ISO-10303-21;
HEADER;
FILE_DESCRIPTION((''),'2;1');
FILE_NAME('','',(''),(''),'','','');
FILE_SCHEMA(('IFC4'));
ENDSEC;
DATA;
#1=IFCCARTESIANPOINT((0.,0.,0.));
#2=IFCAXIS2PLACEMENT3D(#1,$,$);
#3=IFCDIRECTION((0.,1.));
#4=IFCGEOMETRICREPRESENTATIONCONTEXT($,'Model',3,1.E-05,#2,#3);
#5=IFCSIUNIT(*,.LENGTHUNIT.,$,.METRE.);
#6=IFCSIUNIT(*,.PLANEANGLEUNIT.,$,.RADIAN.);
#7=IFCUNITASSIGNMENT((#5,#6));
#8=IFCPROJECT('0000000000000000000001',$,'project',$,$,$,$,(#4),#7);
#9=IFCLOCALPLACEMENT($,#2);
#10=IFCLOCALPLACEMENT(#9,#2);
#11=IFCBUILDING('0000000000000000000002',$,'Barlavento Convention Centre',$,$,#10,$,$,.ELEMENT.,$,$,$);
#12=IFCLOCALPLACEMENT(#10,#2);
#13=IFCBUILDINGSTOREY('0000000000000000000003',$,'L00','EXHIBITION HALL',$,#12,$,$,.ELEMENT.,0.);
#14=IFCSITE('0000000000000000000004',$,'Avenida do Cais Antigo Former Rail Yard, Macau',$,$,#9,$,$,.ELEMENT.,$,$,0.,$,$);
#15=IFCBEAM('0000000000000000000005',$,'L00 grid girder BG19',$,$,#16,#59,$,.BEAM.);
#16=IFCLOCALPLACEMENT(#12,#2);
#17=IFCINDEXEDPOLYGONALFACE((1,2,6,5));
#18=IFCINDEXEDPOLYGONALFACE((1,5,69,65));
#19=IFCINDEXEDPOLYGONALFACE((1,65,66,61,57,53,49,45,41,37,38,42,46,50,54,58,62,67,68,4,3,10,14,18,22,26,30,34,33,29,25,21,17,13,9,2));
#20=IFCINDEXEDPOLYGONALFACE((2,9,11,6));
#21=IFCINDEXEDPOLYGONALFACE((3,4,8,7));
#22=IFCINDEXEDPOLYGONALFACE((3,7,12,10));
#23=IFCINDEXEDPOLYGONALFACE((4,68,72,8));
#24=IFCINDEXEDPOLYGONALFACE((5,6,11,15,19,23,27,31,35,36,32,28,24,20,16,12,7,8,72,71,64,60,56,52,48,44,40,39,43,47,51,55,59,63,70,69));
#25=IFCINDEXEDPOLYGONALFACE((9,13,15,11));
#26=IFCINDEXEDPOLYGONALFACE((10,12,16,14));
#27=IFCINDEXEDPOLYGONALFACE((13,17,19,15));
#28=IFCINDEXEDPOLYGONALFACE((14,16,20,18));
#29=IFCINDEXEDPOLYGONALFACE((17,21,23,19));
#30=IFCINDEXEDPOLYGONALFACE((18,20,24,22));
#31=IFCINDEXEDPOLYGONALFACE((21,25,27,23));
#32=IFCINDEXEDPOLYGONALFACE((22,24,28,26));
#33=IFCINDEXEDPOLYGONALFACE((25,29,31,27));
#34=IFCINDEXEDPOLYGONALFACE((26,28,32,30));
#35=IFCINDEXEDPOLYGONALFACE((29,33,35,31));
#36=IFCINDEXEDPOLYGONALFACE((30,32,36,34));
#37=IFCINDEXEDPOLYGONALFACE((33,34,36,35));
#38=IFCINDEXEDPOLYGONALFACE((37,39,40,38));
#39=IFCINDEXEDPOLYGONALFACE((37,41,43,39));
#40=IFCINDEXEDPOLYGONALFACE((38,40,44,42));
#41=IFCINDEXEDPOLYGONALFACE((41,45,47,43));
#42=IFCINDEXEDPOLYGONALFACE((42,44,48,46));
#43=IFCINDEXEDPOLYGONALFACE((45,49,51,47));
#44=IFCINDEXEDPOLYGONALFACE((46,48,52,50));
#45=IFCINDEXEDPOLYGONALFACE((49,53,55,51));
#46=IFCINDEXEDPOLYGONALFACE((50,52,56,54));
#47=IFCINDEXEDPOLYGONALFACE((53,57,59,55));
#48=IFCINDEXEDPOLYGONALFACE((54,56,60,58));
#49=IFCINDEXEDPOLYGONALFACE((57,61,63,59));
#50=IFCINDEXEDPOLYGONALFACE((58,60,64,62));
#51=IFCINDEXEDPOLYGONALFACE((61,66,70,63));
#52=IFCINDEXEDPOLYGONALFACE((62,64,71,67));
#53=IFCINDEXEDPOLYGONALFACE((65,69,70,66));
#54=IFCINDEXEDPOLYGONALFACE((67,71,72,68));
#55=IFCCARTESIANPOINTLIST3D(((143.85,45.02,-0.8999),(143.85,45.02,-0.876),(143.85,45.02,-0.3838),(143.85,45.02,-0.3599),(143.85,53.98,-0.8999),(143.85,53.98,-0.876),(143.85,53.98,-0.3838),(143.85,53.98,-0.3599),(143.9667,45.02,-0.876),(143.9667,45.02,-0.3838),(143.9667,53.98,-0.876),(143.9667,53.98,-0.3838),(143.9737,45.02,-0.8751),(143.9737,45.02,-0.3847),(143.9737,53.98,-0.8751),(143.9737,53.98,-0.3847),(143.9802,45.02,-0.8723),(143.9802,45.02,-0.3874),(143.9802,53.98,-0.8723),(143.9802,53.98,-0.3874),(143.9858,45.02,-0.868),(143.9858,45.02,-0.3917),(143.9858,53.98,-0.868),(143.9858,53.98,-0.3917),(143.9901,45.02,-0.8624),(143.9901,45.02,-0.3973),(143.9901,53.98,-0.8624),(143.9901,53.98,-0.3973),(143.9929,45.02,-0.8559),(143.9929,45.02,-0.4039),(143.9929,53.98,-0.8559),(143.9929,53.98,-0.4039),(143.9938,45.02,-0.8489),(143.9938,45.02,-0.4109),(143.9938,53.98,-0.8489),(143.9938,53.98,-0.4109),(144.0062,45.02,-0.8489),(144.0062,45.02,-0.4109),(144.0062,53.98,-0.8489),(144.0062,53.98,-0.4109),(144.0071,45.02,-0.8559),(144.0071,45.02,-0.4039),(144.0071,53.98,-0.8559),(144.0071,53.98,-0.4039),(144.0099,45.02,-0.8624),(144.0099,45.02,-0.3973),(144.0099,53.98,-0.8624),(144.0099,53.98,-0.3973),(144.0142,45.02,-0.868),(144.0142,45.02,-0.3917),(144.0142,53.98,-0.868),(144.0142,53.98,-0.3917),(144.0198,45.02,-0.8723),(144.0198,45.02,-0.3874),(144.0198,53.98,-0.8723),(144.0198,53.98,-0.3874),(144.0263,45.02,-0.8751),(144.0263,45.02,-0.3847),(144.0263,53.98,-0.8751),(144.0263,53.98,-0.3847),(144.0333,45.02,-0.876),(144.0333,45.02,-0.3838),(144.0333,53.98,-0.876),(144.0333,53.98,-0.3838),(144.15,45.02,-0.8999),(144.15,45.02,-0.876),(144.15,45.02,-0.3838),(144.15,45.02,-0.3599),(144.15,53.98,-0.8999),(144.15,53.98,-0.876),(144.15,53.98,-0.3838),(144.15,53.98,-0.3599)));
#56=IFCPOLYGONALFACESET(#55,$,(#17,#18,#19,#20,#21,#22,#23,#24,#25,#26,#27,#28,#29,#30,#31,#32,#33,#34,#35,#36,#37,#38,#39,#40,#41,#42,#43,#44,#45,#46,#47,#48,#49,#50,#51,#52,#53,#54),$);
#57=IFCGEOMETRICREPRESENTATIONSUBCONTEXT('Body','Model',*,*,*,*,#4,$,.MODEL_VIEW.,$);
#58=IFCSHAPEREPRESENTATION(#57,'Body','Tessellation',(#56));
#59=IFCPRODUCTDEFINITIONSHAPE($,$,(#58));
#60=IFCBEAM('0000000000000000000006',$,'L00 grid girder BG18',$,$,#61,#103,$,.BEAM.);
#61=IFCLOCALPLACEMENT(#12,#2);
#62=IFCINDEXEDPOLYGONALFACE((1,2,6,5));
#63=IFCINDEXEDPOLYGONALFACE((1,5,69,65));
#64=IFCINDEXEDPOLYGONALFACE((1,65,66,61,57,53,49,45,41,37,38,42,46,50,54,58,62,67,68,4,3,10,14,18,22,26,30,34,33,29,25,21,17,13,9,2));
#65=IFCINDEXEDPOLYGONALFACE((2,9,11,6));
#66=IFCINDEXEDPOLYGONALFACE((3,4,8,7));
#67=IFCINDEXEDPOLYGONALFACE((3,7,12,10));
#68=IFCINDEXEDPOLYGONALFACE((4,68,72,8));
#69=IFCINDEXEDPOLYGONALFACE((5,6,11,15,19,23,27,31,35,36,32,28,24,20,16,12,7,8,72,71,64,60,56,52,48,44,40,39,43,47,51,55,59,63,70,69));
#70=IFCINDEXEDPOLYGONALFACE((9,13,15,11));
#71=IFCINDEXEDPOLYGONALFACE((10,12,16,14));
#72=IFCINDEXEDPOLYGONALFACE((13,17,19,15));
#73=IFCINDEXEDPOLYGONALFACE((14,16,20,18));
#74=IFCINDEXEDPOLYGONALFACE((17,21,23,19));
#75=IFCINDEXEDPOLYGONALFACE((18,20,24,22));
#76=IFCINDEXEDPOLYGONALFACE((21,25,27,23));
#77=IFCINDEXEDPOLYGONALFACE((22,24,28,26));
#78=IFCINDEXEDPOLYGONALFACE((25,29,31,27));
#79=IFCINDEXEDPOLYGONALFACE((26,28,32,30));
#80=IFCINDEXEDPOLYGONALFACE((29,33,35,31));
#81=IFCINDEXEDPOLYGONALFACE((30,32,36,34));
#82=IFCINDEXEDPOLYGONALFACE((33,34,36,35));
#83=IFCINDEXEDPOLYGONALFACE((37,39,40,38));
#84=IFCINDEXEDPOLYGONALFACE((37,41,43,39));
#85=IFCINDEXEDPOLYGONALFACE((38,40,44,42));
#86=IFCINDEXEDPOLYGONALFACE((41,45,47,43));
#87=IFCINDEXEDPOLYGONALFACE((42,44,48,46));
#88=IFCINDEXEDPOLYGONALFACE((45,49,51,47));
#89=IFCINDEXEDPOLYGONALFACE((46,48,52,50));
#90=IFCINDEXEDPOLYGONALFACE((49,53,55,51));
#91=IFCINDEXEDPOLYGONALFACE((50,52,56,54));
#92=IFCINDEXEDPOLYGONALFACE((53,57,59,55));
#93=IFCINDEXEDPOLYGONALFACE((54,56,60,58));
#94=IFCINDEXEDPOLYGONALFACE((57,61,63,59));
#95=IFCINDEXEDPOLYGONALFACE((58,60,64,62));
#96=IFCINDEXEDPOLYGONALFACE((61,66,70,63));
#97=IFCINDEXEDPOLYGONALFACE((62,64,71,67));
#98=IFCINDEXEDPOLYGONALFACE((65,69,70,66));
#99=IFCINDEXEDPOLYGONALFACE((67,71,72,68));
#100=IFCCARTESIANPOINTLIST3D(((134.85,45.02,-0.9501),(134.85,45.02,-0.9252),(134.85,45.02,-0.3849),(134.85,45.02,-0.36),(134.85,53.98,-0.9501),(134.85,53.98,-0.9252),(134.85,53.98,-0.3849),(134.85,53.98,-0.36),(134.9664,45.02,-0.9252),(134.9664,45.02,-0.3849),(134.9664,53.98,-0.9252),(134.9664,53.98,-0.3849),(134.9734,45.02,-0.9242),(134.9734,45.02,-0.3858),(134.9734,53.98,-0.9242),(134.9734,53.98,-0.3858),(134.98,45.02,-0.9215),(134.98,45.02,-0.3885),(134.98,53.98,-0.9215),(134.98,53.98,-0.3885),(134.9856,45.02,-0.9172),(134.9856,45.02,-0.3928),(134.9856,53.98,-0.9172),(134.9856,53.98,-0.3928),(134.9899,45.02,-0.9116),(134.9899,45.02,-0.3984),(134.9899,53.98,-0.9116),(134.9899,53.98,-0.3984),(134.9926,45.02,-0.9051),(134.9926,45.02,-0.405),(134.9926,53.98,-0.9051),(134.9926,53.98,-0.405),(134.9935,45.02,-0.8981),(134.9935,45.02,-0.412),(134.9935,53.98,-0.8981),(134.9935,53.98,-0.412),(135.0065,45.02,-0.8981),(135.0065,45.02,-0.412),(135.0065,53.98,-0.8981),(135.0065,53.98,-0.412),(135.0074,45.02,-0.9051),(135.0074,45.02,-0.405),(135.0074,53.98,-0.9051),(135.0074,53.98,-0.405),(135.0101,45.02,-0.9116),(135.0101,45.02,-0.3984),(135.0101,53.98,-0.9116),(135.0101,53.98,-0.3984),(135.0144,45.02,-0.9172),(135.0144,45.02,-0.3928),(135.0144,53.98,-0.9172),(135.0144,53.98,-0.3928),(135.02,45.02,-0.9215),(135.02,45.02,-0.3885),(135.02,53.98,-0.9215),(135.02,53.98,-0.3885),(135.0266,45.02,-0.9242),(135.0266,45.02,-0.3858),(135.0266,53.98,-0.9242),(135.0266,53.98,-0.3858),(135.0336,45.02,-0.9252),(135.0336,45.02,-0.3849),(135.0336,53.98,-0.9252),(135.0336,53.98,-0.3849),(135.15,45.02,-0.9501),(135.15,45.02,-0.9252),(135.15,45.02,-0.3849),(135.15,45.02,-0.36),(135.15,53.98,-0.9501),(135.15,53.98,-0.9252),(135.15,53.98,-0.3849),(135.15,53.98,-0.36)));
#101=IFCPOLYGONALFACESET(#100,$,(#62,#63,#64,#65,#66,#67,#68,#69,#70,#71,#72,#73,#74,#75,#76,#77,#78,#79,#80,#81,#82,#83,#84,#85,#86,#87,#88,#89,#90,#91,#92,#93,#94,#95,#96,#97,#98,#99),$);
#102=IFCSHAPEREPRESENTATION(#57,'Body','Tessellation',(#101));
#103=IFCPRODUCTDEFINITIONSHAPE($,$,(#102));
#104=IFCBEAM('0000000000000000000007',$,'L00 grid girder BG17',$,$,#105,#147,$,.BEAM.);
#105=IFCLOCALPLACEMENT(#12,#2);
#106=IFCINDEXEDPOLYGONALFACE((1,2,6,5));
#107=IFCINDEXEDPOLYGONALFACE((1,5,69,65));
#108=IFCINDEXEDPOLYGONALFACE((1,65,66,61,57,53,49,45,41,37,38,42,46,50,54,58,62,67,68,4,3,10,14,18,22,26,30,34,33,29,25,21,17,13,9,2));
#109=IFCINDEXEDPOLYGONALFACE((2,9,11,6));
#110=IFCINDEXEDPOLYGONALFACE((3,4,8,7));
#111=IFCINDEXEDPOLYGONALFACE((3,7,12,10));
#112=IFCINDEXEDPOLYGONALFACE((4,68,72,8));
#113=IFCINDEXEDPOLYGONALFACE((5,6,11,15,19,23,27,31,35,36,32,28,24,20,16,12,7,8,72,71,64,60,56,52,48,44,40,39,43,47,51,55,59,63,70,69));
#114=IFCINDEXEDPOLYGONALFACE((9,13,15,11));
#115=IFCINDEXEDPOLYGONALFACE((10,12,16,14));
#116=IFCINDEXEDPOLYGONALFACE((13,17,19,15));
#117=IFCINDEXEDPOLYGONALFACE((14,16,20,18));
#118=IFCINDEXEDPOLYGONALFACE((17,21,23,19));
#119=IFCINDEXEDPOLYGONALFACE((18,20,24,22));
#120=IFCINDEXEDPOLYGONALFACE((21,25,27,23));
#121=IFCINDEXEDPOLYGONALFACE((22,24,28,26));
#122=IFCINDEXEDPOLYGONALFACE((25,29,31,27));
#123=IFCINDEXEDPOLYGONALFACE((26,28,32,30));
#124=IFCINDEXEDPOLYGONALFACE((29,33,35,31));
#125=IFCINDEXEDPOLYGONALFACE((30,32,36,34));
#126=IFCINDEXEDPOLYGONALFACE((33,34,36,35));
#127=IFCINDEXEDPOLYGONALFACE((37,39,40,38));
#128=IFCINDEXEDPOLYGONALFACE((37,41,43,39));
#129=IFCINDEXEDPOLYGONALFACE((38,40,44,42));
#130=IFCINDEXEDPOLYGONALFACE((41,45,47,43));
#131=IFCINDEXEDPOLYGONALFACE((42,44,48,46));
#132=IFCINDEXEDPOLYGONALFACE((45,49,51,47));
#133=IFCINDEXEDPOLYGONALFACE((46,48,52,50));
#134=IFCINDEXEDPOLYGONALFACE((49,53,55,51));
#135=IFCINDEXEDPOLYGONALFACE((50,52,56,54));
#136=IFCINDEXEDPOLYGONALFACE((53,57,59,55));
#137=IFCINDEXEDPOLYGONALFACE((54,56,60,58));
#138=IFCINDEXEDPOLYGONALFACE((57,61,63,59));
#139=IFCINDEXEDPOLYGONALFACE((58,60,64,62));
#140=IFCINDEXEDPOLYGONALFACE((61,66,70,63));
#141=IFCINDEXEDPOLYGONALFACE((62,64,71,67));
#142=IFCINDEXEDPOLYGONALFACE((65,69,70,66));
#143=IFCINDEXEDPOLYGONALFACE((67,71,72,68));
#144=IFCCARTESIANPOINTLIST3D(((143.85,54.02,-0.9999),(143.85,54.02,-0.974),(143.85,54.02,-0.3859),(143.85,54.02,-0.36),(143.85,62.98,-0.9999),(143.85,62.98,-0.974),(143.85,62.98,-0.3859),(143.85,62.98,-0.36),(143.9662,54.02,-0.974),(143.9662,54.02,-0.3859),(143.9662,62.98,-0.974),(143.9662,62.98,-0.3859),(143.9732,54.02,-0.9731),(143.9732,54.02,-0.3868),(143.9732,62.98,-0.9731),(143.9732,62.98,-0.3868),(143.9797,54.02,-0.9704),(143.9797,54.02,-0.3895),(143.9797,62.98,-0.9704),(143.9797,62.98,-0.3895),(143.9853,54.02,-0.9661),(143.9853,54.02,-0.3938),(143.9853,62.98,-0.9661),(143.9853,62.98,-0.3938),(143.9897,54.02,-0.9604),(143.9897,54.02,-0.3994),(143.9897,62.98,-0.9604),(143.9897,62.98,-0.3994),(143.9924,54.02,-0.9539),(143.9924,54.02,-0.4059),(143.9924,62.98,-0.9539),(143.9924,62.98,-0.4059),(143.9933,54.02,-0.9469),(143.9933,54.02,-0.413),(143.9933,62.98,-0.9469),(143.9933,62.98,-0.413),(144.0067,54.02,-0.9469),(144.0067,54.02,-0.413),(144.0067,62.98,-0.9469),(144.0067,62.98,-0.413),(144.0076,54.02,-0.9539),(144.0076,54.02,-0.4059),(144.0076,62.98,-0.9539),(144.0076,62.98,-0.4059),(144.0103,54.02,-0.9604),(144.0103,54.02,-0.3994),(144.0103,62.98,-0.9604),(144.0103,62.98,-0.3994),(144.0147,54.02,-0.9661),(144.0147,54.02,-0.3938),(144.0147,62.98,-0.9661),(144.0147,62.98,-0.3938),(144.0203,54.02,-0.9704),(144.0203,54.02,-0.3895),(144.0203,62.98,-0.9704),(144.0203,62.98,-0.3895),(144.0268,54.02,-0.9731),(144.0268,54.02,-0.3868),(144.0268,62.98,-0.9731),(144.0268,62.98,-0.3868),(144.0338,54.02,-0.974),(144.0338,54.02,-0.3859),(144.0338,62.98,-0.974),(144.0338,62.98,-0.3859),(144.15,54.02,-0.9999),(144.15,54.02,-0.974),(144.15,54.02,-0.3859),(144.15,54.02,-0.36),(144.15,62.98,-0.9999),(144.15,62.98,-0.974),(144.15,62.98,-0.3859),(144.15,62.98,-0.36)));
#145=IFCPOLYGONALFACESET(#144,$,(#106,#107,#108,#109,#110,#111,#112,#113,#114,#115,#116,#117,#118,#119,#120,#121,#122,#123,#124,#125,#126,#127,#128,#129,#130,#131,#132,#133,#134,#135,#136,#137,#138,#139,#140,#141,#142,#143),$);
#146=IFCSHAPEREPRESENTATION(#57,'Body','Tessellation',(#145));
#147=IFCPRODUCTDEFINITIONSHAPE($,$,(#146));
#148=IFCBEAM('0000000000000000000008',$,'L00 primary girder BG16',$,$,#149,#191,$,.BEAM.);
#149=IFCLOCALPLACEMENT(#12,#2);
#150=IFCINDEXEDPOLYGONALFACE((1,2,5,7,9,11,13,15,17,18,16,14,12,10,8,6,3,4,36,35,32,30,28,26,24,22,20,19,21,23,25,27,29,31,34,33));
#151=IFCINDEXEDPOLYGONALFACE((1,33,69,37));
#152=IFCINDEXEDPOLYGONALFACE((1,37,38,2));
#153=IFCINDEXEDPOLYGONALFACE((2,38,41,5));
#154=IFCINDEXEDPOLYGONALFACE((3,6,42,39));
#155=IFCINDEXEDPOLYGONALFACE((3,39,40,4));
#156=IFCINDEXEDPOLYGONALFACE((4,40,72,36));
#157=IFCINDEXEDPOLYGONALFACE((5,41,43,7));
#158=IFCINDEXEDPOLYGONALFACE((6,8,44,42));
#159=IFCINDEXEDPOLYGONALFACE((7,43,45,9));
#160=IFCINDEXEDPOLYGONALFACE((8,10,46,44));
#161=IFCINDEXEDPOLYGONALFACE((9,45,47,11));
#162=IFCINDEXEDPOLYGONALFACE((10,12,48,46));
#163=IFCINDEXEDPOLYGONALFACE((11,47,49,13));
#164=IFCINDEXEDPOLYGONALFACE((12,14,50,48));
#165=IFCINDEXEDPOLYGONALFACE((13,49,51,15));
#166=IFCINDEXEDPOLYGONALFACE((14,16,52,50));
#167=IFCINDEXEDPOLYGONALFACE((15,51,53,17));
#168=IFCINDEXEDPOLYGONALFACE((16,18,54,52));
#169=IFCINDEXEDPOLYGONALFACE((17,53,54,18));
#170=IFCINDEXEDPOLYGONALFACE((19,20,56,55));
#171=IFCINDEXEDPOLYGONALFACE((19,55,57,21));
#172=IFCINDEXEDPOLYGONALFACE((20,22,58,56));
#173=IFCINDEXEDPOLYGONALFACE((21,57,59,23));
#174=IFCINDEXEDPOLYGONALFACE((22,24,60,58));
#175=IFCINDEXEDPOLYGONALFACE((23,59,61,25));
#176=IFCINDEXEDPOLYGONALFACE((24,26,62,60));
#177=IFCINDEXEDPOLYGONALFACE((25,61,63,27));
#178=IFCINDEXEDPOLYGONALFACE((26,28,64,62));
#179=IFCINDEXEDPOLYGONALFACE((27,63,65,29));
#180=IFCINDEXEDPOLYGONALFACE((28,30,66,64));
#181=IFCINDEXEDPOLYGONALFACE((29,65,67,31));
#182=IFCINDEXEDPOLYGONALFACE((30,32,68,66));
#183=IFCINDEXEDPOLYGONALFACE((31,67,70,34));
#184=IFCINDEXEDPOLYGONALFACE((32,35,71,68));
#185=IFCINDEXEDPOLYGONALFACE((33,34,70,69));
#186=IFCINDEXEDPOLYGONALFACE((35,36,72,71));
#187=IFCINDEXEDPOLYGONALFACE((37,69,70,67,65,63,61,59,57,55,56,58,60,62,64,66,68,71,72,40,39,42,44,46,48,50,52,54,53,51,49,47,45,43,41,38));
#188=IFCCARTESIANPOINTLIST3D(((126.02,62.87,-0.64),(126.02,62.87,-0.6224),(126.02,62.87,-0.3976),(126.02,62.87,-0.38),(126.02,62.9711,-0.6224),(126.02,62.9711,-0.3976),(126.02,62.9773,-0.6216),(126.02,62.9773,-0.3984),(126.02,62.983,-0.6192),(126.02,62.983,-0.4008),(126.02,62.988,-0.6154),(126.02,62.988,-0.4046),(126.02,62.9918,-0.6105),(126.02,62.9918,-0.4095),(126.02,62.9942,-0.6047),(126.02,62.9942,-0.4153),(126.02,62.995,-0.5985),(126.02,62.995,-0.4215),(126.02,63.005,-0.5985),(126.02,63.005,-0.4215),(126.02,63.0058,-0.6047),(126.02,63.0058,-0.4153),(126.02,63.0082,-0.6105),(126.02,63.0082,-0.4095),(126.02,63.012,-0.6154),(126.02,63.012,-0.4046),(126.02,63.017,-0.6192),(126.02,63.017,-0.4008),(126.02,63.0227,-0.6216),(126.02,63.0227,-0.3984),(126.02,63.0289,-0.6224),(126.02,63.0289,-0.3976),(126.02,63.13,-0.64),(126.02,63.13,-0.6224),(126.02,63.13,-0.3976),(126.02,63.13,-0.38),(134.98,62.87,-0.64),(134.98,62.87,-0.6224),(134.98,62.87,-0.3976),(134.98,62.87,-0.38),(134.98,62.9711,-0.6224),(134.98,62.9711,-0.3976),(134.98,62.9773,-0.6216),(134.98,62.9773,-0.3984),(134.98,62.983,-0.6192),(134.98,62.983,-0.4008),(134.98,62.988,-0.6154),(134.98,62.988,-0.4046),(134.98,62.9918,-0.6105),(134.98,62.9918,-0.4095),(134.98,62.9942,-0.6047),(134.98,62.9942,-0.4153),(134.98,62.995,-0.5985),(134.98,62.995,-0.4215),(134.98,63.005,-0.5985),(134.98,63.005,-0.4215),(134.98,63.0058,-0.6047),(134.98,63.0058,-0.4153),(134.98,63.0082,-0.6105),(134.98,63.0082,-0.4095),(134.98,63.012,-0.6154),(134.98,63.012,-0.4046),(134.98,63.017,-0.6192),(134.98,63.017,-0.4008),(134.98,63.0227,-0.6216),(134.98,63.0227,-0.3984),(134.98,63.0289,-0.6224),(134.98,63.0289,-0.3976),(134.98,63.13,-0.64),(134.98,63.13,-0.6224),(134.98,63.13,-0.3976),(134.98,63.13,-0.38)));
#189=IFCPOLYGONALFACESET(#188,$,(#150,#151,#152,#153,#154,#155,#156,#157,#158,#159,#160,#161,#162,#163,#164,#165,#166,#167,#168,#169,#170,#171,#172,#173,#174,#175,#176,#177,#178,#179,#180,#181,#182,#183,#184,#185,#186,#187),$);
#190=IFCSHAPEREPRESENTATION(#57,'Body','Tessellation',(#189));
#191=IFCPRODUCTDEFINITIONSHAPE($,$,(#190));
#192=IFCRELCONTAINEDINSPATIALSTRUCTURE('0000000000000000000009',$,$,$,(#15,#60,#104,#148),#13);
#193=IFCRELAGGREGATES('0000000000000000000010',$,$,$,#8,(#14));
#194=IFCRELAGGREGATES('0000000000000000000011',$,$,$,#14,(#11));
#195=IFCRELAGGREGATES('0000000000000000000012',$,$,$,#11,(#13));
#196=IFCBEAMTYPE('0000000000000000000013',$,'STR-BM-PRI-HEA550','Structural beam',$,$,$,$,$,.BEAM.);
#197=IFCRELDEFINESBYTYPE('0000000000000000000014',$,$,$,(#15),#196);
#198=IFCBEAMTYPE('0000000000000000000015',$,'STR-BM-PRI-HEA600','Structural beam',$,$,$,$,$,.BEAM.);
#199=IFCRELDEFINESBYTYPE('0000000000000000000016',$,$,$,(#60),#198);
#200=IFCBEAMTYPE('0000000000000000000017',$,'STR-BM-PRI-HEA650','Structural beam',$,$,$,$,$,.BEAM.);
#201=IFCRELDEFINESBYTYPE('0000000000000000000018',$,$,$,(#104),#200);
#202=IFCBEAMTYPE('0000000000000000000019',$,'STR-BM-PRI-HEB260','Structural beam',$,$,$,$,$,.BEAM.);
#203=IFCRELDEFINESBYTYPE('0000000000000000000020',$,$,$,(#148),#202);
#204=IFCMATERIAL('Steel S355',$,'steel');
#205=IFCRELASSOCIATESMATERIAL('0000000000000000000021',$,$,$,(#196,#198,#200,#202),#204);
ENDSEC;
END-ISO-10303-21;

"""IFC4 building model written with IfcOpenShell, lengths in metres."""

from ifc_helpers import new_model, si_unit, direction, frame, origin, origin_2d, place, context, subcontext, project, spatial, i_section, extrude, material, material_profile, profile_set, type_object, element, save


model = new_model("IFC4")

# Units and contexts
model_context = context("Model", 3, precision=1e-05, world=origin(), true_north=direction((0.0, 1.0)))
body_context = subcontext(model_context, "Body", "Model", "MODEL_VIEW")
ifc_project = project(units=[si_unit("LENGTHUNIT", "METRE"), si_unit("PLANEANGLEUNIT", "RADIAN")], contexts=[model_context])

# Site, building, storey
site_placement = place(None, origin())
site = spatial("IfcSite", under=ifc_project, at=site_placement, Name="Avenida do Cais Antigo Former Rail Yard, Macau", CompositionType="ELEMENT", RefElevation=0.0)
building_placement = place(site_placement, origin())
building = spatial("IfcBuilding", under=site, at=building_placement, Name="Barlavento Convention Centre", CompositionType="ELEMENT")
storey_placement = place(building_placement, origin())
storey = spatial("IfcBuildingStorey", under=building, at=storey_placement, Name="L00", Description="EXHIBITION HALL", CompositionType="ELEMENT", Elevation=0.0)

# Beams
ifc_material_1 = material(Name="Steel S355", Category="steel")
ifc_material_profile_1 = material_profile(ifc_material_1, i_section(OverallWidth=0.3, OverallDepth=0.54, WebThickness=0.0125, FlangeThickness=0.0239, FilletRadius=0.0271, at=origin_2d()), Name="HEA 550")
ifc_profile_set_1 = profile_set([ifc_material_profile_1], Name="Steel S355")
beam_type_1 = type_object("IfcBeamType", Name="STR-BM-PRI-HEA550", Description="Structural beam", PredefinedType="BEAM", material=ifc_profile_set_1)
beam_1_placement = place(storey_placement, frame((144.0, 45.02, -0.6299), z_axis=(0.0, 1.0, 0.0), x_axis=(-1.0, 0.0, 0.0)))
element("IfcBeam", 1, at=beam_1_placement, inside=storey, type_object=beam_type_1, Name="L00 grid girder BG19", PredefinedType="BEAM", context=body_context, shape_type="SweptSolid", body=[
    extrude(i_section(OverallWidth=0.3, OverallDepth=0.54, WebThickness=0.0125, FlangeThickness=0.0239, FilletRadius=0.0271, at=origin_2d()), origin(), (0.0, 0.0, 1.0), 8.96),
])
ifc_material_profile_2 = material_profile(ifc_material_1, i_section(OverallWidth=0.3, OverallDepth=0.5901, WebThickness=0.0129, FlangeThickness=0.0249, FilletRadius=0.0271, at=origin_2d()), Name="HEA 600")
ifc_profile_set_2 = profile_set([ifc_material_profile_2], Name="Steel S355")
beam_type_2 = type_object("IfcBeamType", Name="STR-BM-PRI-HEA600", Description="Structural beam", PredefinedType="BEAM", material=ifc_profile_set_2)
beam_2_placement = place(storey_placement, frame((135.0, 45.02, -0.655), z_axis=(0.0, 1.0, 0.0), x_axis=(-1.0, 0.0, 0.0)))
element("IfcBeam", 2, at=beam_2_placement, inside=storey, type_object=beam_type_2, Name="L00 grid girder BG18", PredefinedType="BEAM", context=body_context, shape_type="SweptSolid", body=[
    extrude(i_section(OverallWidth=0.3, OverallDepth=0.5901, WebThickness=0.0129, FlangeThickness=0.0249, FilletRadius=0.0271, at=origin_2d()), origin(), (0.0, 0.0, 1.0), 8.96),
])
ifc_material_profile_3 = material_profile(ifc_material_1, i_section(OverallWidth=0.3, OverallDepth=0.6399, WebThickness=0.0134, FlangeThickness=0.0259, FilletRadius=0.0271, at=origin_2d()), Name="HEA 650")
ifc_profile_set_3 = profile_set([ifc_material_profile_3], Name="Steel S355")
beam_type_3 = type_object("IfcBeamType", Name="STR-BM-PRI-HEA650", Description="Structural beam", PredefinedType="BEAM", material=ifc_profile_set_3)
beam_3_placement = place(storey_placement, frame((144.0, 54.02, -0.6799), z_axis=(0.0, 1.0, 0.0), x_axis=(-1.0, 0.0, 0.0)))
element("IfcBeam", 3, at=beam_3_placement, inside=storey, type_object=beam_type_3, Name="L00 grid girder BG17", PredefinedType="BEAM", context=body_context, shape_type="SweptSolid", body=[
    extrude(i_section(OverallWidth=0.3, OverallDepth=0.6399, WebThickness=0.0134, FlangeThickness=0.0259, FilletRadius=0.0271, at=origin_2d()), origin(), (0.0, 0.0, 1.0), 8.96),
])
ifc_material_profile_4 = material_profile(ifc_material_1, i_section(OverallWidth=0.26, OverallDepth=0.26, WebThickness=0.01, FlangeThickness=0.0176, FilletRadius=0.0239, at=origin_2d()), Name="HEB 260")
ifc_profile_set_4 = profile_set([ifc_material_profile_4], Name="Steel S355")
beam_type_4 = type_object("IfcBeamType", Name="STR-BM-PRI-HEB260", Description="Structural beam", PredefinedType="BEAM", material=ifc_profile_set_4)
beam_4_placement = place(storey_placement, frame((126.02, 63.0, -0.51), z_axis=(1.0, 0.0, 0.0), x_axis=(0.0, 1.0, 0.0)))
element("IfcBeam", 4, at=beam_4_placement, inside=storey, type_object=beam_type_4, Name="L00 primary girder BG16", PredefinedType="BEAM", context=body_context, shape_type="SweptSolid", body=[
    extrude(i_section(OverallWidth=0.26, OverallDepth=0.26, WebThickness=0.01, FlangeThickness=0.0176, FilletRadius=0.0239, at=origin_2d()), origin(), (0.0, 0.0, 1.0), 8.96),
])

save(model, "model.ifc")
